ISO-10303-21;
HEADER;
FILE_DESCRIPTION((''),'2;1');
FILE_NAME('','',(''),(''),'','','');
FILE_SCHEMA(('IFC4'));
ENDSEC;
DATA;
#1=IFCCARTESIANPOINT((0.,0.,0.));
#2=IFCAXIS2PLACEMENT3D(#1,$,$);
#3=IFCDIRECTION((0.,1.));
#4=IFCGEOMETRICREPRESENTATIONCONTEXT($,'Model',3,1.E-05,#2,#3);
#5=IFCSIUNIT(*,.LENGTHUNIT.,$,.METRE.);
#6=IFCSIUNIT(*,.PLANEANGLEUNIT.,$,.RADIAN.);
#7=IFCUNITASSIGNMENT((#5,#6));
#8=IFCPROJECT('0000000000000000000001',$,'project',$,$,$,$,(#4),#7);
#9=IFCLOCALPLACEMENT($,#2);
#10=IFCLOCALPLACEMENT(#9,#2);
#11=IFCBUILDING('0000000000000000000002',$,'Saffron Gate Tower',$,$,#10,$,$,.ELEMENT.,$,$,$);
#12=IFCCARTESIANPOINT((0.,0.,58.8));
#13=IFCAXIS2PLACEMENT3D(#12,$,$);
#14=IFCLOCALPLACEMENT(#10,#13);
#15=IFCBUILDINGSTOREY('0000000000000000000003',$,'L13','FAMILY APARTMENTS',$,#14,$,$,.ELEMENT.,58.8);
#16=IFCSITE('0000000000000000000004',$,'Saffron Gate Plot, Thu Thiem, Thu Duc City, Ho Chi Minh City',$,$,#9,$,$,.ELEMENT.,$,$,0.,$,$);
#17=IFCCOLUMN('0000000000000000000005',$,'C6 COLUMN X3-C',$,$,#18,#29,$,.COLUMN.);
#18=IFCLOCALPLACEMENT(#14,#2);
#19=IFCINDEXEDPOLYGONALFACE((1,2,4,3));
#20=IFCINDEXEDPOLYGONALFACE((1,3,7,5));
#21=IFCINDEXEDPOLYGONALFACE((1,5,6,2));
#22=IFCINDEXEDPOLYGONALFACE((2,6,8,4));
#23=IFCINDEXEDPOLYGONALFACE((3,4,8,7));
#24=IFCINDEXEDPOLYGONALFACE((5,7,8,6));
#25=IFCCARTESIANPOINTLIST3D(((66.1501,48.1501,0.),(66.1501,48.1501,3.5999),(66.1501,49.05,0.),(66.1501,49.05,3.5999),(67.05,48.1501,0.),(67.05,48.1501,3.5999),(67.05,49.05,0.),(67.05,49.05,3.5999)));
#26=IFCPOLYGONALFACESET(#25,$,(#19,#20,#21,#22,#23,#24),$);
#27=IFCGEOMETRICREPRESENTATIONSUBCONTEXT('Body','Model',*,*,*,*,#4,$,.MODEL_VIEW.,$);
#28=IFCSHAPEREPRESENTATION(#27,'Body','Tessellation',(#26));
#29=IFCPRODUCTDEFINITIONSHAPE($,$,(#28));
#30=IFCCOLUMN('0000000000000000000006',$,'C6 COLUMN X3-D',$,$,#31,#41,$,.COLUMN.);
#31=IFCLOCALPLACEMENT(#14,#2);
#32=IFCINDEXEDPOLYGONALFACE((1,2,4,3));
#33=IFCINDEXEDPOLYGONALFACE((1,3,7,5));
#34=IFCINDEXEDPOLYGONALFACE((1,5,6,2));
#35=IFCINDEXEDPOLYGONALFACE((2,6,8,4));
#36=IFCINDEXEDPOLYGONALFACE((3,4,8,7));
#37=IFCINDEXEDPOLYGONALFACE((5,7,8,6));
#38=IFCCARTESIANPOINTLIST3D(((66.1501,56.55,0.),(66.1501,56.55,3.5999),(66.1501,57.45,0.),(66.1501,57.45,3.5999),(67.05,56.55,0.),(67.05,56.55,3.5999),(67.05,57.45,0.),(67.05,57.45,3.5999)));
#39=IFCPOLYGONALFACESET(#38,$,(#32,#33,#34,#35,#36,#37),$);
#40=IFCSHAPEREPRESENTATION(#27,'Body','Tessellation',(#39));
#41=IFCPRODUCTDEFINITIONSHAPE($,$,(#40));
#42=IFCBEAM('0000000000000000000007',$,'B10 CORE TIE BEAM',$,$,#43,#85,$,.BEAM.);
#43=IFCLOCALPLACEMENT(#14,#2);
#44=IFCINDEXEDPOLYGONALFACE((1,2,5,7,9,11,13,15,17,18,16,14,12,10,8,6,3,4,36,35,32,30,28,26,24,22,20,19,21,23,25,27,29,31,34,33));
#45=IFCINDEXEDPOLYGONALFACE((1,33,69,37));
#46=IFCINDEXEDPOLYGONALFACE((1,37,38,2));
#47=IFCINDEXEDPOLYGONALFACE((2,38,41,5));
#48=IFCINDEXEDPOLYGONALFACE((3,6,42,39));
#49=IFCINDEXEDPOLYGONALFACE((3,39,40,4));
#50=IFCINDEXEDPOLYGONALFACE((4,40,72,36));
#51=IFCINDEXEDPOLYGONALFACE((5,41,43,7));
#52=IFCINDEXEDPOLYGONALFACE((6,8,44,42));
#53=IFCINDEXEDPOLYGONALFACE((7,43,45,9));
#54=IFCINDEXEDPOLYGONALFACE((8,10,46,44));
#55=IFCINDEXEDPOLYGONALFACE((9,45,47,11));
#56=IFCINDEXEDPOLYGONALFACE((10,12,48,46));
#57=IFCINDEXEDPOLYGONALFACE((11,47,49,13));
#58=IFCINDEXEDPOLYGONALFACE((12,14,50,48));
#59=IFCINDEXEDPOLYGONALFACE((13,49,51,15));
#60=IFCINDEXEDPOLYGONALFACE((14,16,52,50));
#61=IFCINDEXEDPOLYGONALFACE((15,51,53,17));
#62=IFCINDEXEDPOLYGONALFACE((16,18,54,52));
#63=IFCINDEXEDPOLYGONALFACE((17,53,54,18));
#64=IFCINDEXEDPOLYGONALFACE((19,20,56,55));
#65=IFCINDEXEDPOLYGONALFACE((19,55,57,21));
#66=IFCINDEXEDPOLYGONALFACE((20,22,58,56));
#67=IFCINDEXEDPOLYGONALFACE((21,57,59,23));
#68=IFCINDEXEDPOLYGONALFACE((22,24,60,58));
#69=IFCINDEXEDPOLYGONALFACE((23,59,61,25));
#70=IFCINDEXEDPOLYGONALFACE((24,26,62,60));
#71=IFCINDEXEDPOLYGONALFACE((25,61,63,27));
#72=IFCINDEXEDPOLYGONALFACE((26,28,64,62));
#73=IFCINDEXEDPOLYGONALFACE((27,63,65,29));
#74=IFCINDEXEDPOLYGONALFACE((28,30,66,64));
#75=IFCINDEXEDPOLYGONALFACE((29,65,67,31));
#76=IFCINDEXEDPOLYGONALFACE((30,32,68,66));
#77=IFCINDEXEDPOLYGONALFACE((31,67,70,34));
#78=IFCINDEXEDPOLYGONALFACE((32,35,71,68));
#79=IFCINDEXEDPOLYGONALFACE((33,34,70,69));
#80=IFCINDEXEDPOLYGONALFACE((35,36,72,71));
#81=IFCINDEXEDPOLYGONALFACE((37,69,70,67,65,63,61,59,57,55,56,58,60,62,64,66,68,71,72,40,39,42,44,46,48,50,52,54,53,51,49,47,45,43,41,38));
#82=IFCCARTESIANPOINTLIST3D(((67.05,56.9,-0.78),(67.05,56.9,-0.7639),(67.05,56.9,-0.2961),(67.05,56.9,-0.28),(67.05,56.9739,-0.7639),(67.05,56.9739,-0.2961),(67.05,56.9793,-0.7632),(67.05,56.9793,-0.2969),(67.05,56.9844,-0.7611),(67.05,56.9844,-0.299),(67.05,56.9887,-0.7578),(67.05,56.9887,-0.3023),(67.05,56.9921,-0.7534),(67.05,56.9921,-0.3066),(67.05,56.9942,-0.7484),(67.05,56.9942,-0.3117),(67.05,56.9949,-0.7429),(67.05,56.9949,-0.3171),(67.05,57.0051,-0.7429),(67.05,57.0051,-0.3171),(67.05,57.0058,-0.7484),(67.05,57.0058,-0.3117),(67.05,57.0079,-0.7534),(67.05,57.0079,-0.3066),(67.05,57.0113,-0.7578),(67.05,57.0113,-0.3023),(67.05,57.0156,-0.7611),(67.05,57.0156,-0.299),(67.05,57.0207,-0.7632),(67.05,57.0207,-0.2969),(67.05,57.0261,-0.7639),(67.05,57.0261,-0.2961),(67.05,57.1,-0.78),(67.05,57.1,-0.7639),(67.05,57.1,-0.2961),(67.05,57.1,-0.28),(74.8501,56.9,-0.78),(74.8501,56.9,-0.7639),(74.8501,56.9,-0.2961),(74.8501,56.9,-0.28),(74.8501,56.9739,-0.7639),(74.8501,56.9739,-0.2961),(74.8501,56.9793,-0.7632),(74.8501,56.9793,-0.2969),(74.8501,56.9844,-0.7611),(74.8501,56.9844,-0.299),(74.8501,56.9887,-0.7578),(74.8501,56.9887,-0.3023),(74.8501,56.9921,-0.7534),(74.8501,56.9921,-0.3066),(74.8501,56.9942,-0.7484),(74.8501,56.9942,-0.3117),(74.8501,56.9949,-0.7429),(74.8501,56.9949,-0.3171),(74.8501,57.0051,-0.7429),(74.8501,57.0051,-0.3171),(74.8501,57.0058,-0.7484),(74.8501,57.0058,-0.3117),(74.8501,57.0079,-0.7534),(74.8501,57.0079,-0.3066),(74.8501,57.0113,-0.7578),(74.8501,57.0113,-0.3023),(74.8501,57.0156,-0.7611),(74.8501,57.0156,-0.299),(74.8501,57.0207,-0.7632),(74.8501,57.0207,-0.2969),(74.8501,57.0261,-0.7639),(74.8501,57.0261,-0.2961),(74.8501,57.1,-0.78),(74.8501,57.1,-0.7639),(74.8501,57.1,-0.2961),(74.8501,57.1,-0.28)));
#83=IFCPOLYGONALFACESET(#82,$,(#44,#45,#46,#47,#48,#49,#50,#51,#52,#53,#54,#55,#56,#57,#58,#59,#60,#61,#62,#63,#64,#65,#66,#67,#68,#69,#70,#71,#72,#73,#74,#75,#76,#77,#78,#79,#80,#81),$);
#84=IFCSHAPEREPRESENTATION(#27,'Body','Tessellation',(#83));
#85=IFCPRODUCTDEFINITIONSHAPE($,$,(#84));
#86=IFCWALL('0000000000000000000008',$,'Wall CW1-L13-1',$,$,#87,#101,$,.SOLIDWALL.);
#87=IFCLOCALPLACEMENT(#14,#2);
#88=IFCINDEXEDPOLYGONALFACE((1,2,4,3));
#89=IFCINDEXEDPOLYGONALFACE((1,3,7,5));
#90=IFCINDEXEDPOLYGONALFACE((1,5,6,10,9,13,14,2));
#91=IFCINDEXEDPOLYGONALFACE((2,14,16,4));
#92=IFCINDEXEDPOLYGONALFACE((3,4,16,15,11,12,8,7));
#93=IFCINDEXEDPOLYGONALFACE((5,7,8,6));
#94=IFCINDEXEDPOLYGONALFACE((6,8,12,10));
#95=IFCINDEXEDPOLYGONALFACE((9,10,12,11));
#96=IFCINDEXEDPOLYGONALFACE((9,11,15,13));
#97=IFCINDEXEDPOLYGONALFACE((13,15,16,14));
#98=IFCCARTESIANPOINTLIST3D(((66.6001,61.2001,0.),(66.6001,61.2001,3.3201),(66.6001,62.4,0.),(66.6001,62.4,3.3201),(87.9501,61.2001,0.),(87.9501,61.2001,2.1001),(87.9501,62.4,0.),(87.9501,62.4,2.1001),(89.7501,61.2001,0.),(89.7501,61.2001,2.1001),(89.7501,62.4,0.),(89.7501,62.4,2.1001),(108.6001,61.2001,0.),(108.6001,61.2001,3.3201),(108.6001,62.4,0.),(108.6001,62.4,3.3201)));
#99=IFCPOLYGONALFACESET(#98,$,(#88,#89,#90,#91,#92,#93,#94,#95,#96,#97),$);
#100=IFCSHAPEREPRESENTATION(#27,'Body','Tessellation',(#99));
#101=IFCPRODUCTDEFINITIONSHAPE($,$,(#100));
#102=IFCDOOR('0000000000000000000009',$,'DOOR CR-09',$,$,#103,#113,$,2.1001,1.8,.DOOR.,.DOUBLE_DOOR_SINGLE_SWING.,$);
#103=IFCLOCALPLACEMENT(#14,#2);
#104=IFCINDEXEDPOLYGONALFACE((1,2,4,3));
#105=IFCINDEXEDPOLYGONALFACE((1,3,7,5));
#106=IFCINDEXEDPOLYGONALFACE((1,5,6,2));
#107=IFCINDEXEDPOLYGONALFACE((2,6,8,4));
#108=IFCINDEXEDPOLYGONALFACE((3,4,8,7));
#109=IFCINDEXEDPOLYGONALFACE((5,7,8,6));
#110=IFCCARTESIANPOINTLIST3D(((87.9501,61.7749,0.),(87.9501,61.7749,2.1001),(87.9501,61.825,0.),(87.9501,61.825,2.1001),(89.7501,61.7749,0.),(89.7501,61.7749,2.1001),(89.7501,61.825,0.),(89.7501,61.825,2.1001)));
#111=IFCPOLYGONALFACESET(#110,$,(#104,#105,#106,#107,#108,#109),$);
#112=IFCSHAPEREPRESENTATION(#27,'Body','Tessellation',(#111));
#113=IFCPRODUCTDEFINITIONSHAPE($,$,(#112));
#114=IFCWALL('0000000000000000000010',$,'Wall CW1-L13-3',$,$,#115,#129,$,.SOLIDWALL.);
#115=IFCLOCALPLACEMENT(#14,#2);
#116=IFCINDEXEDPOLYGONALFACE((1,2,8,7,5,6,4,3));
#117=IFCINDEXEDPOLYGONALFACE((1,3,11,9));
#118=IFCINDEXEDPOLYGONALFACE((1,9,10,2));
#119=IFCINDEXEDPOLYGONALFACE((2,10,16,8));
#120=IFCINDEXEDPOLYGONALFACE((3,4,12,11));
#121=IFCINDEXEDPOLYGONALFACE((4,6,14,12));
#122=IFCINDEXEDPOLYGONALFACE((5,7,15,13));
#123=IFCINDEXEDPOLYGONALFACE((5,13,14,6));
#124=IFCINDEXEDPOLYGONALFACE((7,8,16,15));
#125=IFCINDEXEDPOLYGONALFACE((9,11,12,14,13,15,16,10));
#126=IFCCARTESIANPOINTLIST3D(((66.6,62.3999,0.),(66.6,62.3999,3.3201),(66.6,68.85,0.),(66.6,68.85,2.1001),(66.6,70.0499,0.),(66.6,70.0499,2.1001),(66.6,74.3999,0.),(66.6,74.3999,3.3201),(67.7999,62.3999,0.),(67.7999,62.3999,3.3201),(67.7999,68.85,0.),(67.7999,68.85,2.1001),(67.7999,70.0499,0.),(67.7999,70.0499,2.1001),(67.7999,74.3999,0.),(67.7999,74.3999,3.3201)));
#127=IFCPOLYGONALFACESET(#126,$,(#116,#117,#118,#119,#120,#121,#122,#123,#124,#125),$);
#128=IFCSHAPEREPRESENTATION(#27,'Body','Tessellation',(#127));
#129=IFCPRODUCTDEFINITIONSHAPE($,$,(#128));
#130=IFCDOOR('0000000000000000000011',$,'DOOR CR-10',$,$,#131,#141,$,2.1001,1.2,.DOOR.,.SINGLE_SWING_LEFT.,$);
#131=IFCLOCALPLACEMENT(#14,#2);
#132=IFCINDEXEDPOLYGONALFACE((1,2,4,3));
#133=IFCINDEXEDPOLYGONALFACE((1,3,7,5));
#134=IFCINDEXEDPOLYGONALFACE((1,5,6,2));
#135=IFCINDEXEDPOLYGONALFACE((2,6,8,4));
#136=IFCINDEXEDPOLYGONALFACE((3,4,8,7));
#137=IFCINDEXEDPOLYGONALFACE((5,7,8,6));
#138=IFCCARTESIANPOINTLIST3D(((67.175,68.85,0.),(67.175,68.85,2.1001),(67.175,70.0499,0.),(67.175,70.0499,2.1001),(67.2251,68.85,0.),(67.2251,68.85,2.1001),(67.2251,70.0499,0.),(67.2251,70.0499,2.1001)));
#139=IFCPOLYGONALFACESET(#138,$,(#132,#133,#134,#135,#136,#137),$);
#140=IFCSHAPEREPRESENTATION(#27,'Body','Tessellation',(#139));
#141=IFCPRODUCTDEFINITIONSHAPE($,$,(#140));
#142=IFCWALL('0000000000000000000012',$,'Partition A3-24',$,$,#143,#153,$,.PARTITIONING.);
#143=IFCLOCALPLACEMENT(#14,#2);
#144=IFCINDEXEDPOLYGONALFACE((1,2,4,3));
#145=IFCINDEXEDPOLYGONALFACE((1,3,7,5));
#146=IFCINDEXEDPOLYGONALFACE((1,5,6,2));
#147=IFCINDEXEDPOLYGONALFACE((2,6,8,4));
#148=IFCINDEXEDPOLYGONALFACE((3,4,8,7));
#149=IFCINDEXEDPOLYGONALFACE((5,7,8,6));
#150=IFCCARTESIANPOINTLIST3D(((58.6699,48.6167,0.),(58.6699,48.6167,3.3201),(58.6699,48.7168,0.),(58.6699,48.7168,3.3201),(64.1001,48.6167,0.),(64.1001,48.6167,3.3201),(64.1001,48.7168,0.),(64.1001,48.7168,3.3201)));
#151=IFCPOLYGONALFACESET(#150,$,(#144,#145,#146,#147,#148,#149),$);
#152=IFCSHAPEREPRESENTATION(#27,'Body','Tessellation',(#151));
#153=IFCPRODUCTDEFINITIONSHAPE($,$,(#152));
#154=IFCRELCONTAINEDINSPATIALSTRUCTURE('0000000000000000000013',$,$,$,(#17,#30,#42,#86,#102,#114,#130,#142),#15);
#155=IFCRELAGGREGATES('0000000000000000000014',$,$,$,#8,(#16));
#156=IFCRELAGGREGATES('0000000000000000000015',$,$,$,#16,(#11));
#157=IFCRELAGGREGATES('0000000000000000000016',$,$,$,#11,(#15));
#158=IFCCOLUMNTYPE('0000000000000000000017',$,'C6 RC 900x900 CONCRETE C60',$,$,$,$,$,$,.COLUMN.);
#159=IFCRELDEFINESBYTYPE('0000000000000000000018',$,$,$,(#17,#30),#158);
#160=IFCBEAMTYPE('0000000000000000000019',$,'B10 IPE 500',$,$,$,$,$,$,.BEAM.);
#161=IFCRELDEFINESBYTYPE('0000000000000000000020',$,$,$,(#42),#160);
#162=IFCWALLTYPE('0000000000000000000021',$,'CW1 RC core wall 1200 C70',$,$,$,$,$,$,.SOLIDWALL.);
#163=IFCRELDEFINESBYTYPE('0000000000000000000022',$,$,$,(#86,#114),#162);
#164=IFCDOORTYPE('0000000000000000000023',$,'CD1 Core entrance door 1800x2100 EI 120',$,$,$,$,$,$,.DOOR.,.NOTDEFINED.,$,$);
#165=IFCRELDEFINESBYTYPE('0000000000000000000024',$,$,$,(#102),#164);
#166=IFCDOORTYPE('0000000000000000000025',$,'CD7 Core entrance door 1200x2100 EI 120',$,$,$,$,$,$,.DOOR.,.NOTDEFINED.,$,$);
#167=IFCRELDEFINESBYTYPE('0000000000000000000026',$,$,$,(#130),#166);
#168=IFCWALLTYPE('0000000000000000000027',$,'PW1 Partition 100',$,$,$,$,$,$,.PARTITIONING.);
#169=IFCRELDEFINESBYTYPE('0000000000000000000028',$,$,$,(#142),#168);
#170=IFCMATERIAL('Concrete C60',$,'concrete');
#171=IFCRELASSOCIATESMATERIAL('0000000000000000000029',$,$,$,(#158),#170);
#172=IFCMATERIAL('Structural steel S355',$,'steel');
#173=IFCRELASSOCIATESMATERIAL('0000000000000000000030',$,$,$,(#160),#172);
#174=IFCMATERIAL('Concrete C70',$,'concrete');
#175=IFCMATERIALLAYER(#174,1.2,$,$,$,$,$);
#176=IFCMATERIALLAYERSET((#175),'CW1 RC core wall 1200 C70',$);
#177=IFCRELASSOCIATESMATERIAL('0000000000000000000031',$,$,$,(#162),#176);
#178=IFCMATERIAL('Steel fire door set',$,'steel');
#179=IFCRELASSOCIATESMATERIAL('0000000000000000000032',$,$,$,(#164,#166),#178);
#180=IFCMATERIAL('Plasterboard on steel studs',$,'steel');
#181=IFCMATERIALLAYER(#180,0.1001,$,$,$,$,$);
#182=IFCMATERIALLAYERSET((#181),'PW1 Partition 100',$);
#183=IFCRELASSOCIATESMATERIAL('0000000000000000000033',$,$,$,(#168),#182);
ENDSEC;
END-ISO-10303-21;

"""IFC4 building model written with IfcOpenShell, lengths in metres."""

from ifc_helpers import new_model, si_unit, direction, frame, frame_2d, origin, origin_2d, place, context, subcontext, project, spatial, rectangle, i_section, extrude, material, layer, layer_set, material_profile, profile_set, type_object, element, fill, save


model = new_model("IFC4")

# Units and contexts
model_context = context("Model", 3, precision=1e-05, world=origin(), true_north=direction((0.0, 1.0)))
body_context = subcontext(model_context, "Body", "Model", "MODEL_VIEW")
ifc_project = project(units=[si_unit("LENGTHUNIT", "METRE"), si_unit("PLANEANGLEUNIT", "RADIAN")], contexts=[model_context])

# Site, building, storey
site_placement = place(None, origin())
site = spatial("IfcSite", under=ifc_project, at=site_placement, Name="Saffron Gate Plot, Thu Thiem, Thu Duc City, Ho Chi Minh City", CompositionType="ELEMENT", RefElevation=0.0)
building_placement = place(site_placement, origin())
building = spatial("IfcBuilding", under=site, at=building_placement, Name="Saffron Gate Tower", CompositionType="ELEMENT")
storey_placement = place(building_placement, frame((0.0, 0.0, 58.8)))
storey = spatial("IfcBuildingStorey", under=building, at=storey_placement, Name="L13", Description="FAMILY APARTMENTS", CompositionType="ELEMENT", Elevation=58.8)

# Columns
ifc_material_1 = material(Name="Concrete C60", Category="concrete")
ifc_material_profile_1 = material_profile(ifc_material_1, rectangle(XDim=0.8999, YDim=0.8999, at=origin_2d()))
ifc_profile_set_1 = profile_set([ifc_material_profile_1], Name="Concrete C60")
column_type = type_object("IfcColumnType", Name="C6 RC 900x900 CONCRETE C60", PredefinedType="COLUMN", material=ifc_profile_set_1)
for number, where, z_axis, x_axis, name in (
    (1, (66.6001, 48.6001, 0.0), (0.0, 0.0, 1.0), (1.0, 0.0, 0.0), "C6 COLUMN X3-C"),
    (2, (66.6001, 57.0, 0.0), (0.0, 0.0, 1.0), (1.0, 0.0, 0.0), "C6 COLUMN X3-D"),
):
    element("IfcColumn", number, at=place(storey_placement, frame(where, z_axis=z_axis, x_axis=x_axis)), inside=storey, type_object=column_type, Name=name, PredefinedType="COLUMN", context=body_context, shape_type="SweptSolid", body=[
        extrude(rectangle(XDim=0.8999, YDim=0.8999, at=origin_2d()), origin(), (0.0, 0.0, 1.0), 3.5999),
    ])

# Beam
ifc_material_2 = material(Name="Structural steel S355", Category="steel")
ifc_material_profile_2 = material_profile(ifc_material_2, i_section(OverallWidth=0.2, OverallDepth=0.5, WebThickness=0.0103, FlangeThickness=0.0161, FilletRadius=0.021, at=origin_2d()))
ifc_profile_set_2 = profile_set([ifc_material_profile_2], Name="Structural steel S355")
beam_type = type_object("IfcBeamType", Name="B10 IPE 500", PredefinedType="BEAM", material=ifc_profile_set_2)
beam_placement = place(storey_placement, frame((67.05, 57.0, -0.53), z_axis=(1.0, 0.0, 0.0), x_axis=(0.0, 1.0, 0.0)))
element("IfcBeam", 3, at=beam_placement, inside=storey, type_object=beam_type, Name="B10 CORE TIE BEAM", PredefinedType="BEAM", context=body_context, shape_type="SweptSolid", body=[
    extrude(i_section(OverallWidth=0.2, OverallDepth=0.5, WebThickness=0.0103, FlangeThickness=0.0161, FilletRadius=0.021, at=origin_2d()), origin(), (0.0, 0.0, 1.0), 7.8),
])

# Walls, openings, doors
ifc_material_3 = material(Name="Concrete C70", Category="concrete")
ifc_layer_1 = layer(ifc_material_3, 1.2)
ifc_layer_set_1 = layer_set([ifc_layer_1], Name="CW1 RC core wall 1200 C70")
wall_type_1 = type_object("IfcWallType", Name="CW1 RC core wall 1200 C70", PredefinedType="SOLIDWALL", material=ifc_layer_set_1)
wall_1_placement = place(storey_placement, frame((66.6001, 61.8, 0.0), z_axis=(0.0, 0.0, 1.0), x_axis=(1.0, 0.0, 0.0)))
wall_1 = element("IfcWall", 4, at=wall_1_placement, inside=storey, type_object=wall_type_1, Name="Wall CW1-L13-1", PredefinedType="SOLIDWALL", context=body_context, shape_type="SweptSolid", body=[
    extrude(rectangle(XDim=42.0, YDim=1.2, at=frame_2d((21.0, 0.0))), origin(), (0.0, 0.0, 1.0), 3.3201),
])
opening_1_placement = place(wall_1_placement, frame((21.3501, 0.0, 0.0)))
opening_1 = element("IfcOpeningElement", 5, at=opening_1_placement, cuts=wall_1, PredefinedType="OPENING", context=body_context, shape_type="SweptSolid", body=[
    extrude(rectangle(XDim=1.8, YDim=2.1001, at=frame_2d((0.8999, 1.05))), frame((0.0, 0.6099, 0.0), z_axis=(0.0, -1.0, 0.0), x_axis=(1.0, 0.0, 0.0)), (0.0, 0.0, 1.0), 1.22),
])
ifc_material_4 = material(Name="Steel fire door set", Category="steel")
door_type_1 = type_object("IfcDoorType", Name="CD1 Core entrance door 1800x2100 EI 120", OperationType="NOTDEFINED", PredefinedType="DOOR", material=ifc_material_4)
door_1_placement = place(opening_1_placement, origin())
door_1 = element("IfcDoor", 6, at=door_1_placement, inside=storey, type_object=door_type_1, Name="DOOR CR-09", OperationType="DOUBLE_DOOR_SINGLE_SWING", OverallHeight=2.1001, OverallWidth=1.8, PredefinedType="DOOR", context=body_context, shape_type="SweptSolid", body=[
    extrude(rectangle(XDim=1.8, YDim=2.1001, at=frame_2d((0.8999, 1.05))), frame((0.0, 0.0249, 0.0), z_axis=(0.0, -1.0, 0.0), x_axis=(1.0, 0.0, 0.0)), (0.0, 0.0, 1.0), 0.05),
])
fill(opening_1, door_1)
wall_2_placement = place(storey_placement, frame((67.2, 62.3999, 0.0), z_axis=(0.0, 0.0, 1.0), x_axis=(0.0, 1.0, 0.0)))
wall_2 = element("IfcWall", 7, at=wall_2_placement, inside=storey, type_object=wall_type_1, Name="Wall CW1-L13-3", PredefinedType="SOLIDWALL", context=body_context, shape_type="SweptSolid", body=[
    extrude(rectangle(XDim=12.0, YDim=1.2, at=frame_2d((6.0, 0.0))), origin(), (0.0, 0.0, 1.0), 3.3201),
])
opening_2_placement = place(wall_2_placement, frame((6.45, 0.0, 0.0)))
opening_2 = element("IfcOpeningElement", 8, at=opening_2_placement, cuts=wall_2, PredefinedType="OPENING", context=body_context, shape_type="SweptSolid", body=[
    extrude(rectangle(XDim=1.2, YDim=2.1001, at=frame_2d((0.6001, 1.05))), frame((0.0, 0.6099, 0.0), z_axis=(0.0, -1.0, 0.0), x_axis=(1.0, 0.0, 0.0)), (0.0, 0.0, 1.0), 1.22),
])
door_type_2 = type_object("IfcDoorType", Name="CD7 Core entrance door 1200x2100 EI 120", OperationType="NOTDEFINED", PredefinedType="DOOR", material=ifc_material_4)
door_2_placement = place(opening_2_placement, origin())
door_2 = element("IfcDoor", 9, at=door_2_placement, inside=storey, type_object=door_type_2, Name="DOOR CR-10", OperationType="SINGLE_SWING_LEFT", OverallHeight=2.1001, OverallWidth=1.2, PredefinedType="DOOR", context=body_context, shape_type="SweptSolid", body=[
    extrude(rectangle(XDim=1.2, YDim=2.1001, at=frame_2d((0.6001, 1.05))), frame((0.0, 0.0249, 0.0), z_axis=(0.0, -1.0, 0.0), x_axis=(1.0, 0.0, 0.0)), (0.0, 0.0, 1.0), 0.05),
])
fill(opening_2, door_2)

# Wall
ifc_material_5 = material(Name="Plasterboard on steel studs", Category="steel")
ifc_layer_2 = layer(ifc_material_5, 0.1001)
ifc_layer_set_2 = layer_set([ifc_layer_2], Name="PW1 Partition 100")
wall_type_2 = type_object("IfcWallType", Name="PW1 Partition 100", PredefinedType="PARTITIONING", material=ifc_layer_set_2)
wall_3_placement = place(storey_placement, frame((58.6699, 48.6667, 0.0), z_axis=(0.0, 0.0, 1.0), x_axis=(1.0, 0.0, 0.0)))
element("IfcWall", 10, at=wall_3_placement, inside=storey, type_object=wall_type_2, Name="Partition A3-24", PredefinedType="PARTITIONING", context=body_context, shape_type="SweptSolid", body=[
    extrude(rectangle(XDim=5.4302, YDim=0.1001, at=frame_2d((2.7151, 0.0))), origin(), (0.0, 0.0, 1.0), 3.3201),
])

save(model, "model.ifc")
